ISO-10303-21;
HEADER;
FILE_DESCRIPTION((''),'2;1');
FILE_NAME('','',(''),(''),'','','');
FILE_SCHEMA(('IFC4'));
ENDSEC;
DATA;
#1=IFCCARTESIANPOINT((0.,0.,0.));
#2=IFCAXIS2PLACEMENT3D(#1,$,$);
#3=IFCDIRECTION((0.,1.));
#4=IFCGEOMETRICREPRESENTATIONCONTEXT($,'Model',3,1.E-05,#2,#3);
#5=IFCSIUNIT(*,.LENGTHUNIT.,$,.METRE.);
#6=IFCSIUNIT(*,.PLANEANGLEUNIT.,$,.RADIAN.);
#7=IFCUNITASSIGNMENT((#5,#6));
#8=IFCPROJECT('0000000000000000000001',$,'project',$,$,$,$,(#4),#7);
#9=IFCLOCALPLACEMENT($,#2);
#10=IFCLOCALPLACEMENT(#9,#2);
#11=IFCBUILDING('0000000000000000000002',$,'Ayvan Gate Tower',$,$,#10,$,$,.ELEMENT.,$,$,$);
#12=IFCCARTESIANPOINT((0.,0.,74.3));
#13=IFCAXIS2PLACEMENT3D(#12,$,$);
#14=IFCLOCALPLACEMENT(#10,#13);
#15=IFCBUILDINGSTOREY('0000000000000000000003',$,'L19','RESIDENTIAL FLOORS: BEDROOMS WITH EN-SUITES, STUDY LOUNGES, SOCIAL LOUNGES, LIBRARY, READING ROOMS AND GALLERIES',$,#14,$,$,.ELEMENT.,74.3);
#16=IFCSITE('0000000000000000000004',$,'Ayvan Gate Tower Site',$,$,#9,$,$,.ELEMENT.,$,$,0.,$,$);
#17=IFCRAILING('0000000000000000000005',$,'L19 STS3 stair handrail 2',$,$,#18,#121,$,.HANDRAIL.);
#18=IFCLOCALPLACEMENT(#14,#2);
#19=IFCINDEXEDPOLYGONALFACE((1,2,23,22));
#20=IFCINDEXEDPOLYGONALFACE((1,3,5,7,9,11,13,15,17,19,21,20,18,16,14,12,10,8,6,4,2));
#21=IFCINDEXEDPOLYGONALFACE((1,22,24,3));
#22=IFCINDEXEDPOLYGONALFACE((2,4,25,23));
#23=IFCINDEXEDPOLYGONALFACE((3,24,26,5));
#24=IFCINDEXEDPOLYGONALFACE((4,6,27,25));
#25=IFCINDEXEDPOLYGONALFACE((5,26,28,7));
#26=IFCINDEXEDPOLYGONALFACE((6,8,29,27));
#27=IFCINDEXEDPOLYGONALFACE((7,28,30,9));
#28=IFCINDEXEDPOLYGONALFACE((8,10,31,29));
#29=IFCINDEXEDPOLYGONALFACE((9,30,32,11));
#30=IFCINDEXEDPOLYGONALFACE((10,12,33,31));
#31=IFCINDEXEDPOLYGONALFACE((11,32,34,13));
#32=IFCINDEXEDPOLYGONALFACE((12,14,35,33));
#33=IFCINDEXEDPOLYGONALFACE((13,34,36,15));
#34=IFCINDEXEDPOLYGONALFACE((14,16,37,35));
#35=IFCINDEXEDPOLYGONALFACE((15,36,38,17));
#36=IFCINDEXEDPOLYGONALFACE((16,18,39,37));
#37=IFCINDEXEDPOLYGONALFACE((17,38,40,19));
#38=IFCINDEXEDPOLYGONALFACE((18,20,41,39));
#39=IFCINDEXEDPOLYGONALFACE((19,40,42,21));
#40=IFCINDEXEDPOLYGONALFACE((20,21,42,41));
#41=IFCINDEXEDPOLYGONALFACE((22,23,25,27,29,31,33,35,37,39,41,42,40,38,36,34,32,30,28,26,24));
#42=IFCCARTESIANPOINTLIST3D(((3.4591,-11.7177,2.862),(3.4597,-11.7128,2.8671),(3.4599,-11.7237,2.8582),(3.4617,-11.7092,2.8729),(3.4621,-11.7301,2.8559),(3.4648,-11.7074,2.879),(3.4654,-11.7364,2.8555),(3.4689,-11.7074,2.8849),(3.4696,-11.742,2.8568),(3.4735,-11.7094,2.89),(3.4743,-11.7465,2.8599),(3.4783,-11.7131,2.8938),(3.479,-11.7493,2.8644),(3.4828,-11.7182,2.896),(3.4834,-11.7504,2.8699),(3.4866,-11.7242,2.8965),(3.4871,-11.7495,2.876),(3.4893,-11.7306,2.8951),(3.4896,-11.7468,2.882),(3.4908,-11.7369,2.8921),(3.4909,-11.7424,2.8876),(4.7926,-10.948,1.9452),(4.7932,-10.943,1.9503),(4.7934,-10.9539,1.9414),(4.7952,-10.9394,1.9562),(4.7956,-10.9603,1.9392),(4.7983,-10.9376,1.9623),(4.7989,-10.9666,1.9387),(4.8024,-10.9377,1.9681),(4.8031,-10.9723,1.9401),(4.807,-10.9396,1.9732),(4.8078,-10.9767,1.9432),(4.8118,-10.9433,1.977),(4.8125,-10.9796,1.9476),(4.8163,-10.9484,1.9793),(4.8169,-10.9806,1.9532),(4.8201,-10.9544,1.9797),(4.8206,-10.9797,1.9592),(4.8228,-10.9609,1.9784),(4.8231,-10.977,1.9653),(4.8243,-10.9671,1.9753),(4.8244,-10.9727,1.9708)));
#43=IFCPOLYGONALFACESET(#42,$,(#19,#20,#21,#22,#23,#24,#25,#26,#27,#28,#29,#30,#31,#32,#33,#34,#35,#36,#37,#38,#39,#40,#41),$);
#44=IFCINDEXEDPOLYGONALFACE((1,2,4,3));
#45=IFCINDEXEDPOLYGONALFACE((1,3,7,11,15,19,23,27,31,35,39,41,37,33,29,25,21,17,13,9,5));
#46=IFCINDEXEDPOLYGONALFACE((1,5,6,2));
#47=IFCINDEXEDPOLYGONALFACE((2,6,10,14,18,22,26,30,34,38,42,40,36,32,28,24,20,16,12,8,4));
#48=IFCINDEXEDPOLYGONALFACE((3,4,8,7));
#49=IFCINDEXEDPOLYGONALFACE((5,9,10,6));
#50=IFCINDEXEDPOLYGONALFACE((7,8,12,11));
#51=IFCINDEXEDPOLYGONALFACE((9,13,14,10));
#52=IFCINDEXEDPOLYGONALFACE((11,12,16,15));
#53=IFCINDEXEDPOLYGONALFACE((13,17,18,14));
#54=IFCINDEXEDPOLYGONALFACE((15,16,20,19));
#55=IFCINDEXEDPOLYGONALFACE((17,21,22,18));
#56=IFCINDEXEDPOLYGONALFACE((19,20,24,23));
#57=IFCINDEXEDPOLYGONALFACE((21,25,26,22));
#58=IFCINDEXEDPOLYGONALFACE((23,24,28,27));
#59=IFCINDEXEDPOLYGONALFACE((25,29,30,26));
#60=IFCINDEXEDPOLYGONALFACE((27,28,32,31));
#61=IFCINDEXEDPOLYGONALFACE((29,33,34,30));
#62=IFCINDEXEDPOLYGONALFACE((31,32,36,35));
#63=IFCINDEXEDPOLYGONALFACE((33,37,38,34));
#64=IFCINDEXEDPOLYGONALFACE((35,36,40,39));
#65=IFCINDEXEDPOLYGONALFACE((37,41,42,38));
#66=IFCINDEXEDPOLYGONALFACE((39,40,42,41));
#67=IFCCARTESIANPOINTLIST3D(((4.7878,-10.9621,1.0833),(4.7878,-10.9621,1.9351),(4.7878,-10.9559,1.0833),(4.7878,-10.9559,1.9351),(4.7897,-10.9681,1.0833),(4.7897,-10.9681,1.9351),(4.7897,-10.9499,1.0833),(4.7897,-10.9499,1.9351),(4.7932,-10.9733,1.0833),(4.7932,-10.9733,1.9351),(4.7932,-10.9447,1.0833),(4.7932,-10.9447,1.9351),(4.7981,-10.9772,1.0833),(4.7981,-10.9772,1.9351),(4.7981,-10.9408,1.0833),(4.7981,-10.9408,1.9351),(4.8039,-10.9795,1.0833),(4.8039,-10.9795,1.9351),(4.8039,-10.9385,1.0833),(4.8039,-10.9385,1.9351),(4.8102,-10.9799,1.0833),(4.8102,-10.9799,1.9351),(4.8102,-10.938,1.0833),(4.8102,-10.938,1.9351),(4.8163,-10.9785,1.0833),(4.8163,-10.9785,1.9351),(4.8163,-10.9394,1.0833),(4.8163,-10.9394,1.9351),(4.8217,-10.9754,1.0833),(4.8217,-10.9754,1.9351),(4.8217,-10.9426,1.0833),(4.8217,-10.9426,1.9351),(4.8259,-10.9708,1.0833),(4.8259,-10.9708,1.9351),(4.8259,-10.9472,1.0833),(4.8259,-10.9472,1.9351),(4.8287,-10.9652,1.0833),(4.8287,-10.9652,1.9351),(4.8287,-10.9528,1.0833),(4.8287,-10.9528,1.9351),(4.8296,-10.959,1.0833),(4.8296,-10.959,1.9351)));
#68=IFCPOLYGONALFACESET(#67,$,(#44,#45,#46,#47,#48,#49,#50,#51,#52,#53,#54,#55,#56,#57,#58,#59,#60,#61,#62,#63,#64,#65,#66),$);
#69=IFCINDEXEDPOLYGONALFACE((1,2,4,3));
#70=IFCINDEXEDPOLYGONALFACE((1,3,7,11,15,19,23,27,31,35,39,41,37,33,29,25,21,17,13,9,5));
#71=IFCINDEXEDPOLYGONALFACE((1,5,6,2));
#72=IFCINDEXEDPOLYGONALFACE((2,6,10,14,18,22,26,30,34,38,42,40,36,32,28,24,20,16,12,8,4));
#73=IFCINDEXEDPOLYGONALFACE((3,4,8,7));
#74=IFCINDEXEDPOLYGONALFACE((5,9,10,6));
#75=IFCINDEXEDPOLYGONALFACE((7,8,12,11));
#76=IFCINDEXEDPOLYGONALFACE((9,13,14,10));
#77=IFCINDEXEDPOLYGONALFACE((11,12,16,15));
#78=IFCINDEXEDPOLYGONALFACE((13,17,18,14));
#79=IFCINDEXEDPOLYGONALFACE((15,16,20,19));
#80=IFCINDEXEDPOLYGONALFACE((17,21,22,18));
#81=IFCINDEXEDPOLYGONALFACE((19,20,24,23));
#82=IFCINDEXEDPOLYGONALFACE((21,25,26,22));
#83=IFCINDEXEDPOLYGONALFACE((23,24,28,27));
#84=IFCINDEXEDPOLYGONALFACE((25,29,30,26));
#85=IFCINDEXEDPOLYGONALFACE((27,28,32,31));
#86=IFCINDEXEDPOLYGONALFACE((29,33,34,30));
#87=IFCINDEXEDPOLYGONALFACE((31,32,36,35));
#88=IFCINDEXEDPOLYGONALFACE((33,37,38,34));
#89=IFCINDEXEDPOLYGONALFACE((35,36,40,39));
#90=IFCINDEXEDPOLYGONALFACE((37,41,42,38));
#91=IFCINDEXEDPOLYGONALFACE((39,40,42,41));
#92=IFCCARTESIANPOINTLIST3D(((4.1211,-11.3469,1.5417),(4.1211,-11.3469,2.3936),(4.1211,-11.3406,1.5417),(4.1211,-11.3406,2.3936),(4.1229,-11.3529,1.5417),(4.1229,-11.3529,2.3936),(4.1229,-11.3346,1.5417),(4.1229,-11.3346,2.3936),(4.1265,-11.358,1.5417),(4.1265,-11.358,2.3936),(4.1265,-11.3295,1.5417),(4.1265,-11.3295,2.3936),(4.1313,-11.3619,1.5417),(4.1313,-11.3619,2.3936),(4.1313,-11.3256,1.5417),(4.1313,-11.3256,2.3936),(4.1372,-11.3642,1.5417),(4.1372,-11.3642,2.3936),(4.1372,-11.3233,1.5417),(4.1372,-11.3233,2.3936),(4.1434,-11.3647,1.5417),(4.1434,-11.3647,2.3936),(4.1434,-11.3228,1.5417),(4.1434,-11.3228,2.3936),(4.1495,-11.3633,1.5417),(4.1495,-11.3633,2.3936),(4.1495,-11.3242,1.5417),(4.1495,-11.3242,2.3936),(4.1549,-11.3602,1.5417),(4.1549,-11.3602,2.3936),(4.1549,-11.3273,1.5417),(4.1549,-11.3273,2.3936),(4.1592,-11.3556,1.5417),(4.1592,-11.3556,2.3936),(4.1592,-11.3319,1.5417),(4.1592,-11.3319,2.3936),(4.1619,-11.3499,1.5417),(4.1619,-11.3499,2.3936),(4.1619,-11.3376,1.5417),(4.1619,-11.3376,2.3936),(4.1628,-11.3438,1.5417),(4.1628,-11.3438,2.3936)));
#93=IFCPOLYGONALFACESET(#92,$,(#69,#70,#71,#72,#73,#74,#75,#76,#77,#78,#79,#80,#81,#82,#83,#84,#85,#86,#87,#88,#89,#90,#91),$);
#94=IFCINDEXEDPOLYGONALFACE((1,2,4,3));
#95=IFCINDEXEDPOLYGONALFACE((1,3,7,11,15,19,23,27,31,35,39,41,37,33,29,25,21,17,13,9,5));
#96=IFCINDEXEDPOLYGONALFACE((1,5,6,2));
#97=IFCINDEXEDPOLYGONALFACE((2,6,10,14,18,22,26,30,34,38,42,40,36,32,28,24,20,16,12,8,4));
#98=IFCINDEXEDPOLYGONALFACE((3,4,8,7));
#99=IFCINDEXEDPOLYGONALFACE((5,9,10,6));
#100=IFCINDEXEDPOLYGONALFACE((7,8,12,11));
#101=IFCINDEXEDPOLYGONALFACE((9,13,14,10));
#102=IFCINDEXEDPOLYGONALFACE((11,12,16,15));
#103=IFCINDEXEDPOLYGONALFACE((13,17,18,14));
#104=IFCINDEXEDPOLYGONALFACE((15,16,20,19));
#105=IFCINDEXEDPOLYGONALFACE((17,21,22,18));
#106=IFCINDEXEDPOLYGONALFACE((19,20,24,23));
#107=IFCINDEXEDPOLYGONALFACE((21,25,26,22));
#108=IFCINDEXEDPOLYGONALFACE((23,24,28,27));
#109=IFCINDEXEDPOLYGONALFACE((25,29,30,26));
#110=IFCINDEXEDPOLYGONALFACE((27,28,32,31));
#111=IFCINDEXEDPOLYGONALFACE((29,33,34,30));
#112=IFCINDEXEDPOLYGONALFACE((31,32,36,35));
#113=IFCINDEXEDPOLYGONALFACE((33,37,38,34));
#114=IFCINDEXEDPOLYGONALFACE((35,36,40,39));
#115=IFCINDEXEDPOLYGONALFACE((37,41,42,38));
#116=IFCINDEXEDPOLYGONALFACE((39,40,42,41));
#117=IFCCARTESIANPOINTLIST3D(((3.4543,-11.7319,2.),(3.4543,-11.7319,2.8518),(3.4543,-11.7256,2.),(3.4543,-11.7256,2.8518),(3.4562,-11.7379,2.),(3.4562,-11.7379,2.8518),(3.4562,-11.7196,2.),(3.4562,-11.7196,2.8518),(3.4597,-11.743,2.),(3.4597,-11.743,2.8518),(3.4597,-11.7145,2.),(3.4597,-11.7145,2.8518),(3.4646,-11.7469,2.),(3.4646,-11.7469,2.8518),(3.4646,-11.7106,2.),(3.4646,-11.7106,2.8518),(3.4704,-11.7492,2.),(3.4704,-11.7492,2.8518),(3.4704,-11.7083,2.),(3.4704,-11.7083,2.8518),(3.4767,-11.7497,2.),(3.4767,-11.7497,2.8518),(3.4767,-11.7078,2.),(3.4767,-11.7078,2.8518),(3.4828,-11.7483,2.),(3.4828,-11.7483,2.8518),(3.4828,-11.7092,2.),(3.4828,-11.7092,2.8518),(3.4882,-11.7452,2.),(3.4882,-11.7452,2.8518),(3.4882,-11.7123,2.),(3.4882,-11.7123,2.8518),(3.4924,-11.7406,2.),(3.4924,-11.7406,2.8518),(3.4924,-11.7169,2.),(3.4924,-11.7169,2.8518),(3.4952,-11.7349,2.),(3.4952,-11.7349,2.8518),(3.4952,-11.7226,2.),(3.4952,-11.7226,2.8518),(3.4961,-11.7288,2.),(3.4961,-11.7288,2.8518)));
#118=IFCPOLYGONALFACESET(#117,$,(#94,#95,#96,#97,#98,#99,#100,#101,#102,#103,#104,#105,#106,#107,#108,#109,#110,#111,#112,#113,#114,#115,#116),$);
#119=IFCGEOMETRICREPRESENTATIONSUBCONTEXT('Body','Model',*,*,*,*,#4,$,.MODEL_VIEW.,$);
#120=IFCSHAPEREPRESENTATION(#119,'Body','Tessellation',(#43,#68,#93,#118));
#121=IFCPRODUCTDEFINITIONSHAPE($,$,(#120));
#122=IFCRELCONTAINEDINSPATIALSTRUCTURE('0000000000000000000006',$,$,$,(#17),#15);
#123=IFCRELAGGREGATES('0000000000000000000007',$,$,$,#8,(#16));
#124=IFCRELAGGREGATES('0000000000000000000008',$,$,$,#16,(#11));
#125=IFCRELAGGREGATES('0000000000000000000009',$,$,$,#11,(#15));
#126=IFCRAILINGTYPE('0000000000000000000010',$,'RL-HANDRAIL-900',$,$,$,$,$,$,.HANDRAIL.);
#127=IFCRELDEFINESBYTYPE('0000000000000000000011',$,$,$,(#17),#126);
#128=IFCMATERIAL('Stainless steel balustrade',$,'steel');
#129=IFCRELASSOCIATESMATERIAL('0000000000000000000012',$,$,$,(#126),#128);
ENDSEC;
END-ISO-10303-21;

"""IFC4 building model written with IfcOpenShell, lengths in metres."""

from ifc_helpers import new_model, si_unit, direction, frame, origin, origin_2d, place, context, subcontext, project, spatial, circle, extrude, material, type_object, element, save


model = new_model("IFC4")

# Units and contexts
model_context = context("Model", 3, precision=1e-05, world=origin(), true_north=direction((0.0, 1.0)))
body_context = subcontext(model_context, "Body", "Model", "MODEL_VIEW")
ifc_project = project(units=[si_unit("LENGTHUNIT", "METRE"), si_unit("PLANEANGLEUNIT", "RADIAN")], contexts=[model_context])

# Site, building, storey
site_placement = place(None, origin())
site = spatial("IfcSite", under=ifc_project, at=site_placement, Name="Ayvan Gate Tower Site", CompositionType="ELEMENT", RefElevation=0.0)
building_placement = place(site_placement, origin())
building = spatial("IfcBuilding", under=site, at=building_placement, Name="Ayvan Gate Tower", CompositionType="ELEMENT")
storey_placement = place(building_placement, frame((0.0, 0.0, 74.3)))
storey = spatial("IfcBuildingStorey", under=building, at=storey_placement, Name="L19", Description="RESIDENTIAL FLOORS: BEDROOMS WITH EN-SUITES, STUDY LOUNGES, SOCIAL LOUNGES, LIBRARY, READING ROOMS AND GALLERIES", CompositionType="ELEMENT", Elevation=74.3)

# Railing
ifc_material_1 = material(Name="Stainless steel balustrade", Category="steel")
railing_type_1 = type_object("IfcRailingType", Name="RL-HANDRAIL-900", PredefinedType="HANDRAIL", material=ifc_material_1)
railing_1_placement = place(storey_placement, frame((4.8086, -10.959, 1.0833)))
element("IfcRailing", 1, at=railing_1_placement, inside=storey, type_object=railing_type_1, Name="L19 STS3 stair handrail 2", PredefinedType="HANDRAIL", context=body_context, shape_type="SweptSolid", body=[
    extrude(circle(Radius=0.0239, at=origin_2d()), frame((0.0, 0.0, 0.876), z_axis=(-0.744147, -0.429567, 0.511584), x_axis=(0.499942, -0.866059, 0.0)), (0.0, 0.0, 1.0), 1.792),
    extrude(circle(Radius=0.021, at=origin_2d()), origin(), (0.0, 0.0, 1.0), 0.8518),
    extrude(circle(Radius=0.021, at=origin_2d()), frame((-0.6667, -0.3848, 0.4585)), (0.0, 0.0, 1.0), 0.8518),
    extrude(circle(Radius=0.021, at=origin_2d()), frame((-1.3335, -0.7698, 0.9167)), (0.0, 0.0, 1.0), 0.8518),
])

save(model, "model.ifc")
